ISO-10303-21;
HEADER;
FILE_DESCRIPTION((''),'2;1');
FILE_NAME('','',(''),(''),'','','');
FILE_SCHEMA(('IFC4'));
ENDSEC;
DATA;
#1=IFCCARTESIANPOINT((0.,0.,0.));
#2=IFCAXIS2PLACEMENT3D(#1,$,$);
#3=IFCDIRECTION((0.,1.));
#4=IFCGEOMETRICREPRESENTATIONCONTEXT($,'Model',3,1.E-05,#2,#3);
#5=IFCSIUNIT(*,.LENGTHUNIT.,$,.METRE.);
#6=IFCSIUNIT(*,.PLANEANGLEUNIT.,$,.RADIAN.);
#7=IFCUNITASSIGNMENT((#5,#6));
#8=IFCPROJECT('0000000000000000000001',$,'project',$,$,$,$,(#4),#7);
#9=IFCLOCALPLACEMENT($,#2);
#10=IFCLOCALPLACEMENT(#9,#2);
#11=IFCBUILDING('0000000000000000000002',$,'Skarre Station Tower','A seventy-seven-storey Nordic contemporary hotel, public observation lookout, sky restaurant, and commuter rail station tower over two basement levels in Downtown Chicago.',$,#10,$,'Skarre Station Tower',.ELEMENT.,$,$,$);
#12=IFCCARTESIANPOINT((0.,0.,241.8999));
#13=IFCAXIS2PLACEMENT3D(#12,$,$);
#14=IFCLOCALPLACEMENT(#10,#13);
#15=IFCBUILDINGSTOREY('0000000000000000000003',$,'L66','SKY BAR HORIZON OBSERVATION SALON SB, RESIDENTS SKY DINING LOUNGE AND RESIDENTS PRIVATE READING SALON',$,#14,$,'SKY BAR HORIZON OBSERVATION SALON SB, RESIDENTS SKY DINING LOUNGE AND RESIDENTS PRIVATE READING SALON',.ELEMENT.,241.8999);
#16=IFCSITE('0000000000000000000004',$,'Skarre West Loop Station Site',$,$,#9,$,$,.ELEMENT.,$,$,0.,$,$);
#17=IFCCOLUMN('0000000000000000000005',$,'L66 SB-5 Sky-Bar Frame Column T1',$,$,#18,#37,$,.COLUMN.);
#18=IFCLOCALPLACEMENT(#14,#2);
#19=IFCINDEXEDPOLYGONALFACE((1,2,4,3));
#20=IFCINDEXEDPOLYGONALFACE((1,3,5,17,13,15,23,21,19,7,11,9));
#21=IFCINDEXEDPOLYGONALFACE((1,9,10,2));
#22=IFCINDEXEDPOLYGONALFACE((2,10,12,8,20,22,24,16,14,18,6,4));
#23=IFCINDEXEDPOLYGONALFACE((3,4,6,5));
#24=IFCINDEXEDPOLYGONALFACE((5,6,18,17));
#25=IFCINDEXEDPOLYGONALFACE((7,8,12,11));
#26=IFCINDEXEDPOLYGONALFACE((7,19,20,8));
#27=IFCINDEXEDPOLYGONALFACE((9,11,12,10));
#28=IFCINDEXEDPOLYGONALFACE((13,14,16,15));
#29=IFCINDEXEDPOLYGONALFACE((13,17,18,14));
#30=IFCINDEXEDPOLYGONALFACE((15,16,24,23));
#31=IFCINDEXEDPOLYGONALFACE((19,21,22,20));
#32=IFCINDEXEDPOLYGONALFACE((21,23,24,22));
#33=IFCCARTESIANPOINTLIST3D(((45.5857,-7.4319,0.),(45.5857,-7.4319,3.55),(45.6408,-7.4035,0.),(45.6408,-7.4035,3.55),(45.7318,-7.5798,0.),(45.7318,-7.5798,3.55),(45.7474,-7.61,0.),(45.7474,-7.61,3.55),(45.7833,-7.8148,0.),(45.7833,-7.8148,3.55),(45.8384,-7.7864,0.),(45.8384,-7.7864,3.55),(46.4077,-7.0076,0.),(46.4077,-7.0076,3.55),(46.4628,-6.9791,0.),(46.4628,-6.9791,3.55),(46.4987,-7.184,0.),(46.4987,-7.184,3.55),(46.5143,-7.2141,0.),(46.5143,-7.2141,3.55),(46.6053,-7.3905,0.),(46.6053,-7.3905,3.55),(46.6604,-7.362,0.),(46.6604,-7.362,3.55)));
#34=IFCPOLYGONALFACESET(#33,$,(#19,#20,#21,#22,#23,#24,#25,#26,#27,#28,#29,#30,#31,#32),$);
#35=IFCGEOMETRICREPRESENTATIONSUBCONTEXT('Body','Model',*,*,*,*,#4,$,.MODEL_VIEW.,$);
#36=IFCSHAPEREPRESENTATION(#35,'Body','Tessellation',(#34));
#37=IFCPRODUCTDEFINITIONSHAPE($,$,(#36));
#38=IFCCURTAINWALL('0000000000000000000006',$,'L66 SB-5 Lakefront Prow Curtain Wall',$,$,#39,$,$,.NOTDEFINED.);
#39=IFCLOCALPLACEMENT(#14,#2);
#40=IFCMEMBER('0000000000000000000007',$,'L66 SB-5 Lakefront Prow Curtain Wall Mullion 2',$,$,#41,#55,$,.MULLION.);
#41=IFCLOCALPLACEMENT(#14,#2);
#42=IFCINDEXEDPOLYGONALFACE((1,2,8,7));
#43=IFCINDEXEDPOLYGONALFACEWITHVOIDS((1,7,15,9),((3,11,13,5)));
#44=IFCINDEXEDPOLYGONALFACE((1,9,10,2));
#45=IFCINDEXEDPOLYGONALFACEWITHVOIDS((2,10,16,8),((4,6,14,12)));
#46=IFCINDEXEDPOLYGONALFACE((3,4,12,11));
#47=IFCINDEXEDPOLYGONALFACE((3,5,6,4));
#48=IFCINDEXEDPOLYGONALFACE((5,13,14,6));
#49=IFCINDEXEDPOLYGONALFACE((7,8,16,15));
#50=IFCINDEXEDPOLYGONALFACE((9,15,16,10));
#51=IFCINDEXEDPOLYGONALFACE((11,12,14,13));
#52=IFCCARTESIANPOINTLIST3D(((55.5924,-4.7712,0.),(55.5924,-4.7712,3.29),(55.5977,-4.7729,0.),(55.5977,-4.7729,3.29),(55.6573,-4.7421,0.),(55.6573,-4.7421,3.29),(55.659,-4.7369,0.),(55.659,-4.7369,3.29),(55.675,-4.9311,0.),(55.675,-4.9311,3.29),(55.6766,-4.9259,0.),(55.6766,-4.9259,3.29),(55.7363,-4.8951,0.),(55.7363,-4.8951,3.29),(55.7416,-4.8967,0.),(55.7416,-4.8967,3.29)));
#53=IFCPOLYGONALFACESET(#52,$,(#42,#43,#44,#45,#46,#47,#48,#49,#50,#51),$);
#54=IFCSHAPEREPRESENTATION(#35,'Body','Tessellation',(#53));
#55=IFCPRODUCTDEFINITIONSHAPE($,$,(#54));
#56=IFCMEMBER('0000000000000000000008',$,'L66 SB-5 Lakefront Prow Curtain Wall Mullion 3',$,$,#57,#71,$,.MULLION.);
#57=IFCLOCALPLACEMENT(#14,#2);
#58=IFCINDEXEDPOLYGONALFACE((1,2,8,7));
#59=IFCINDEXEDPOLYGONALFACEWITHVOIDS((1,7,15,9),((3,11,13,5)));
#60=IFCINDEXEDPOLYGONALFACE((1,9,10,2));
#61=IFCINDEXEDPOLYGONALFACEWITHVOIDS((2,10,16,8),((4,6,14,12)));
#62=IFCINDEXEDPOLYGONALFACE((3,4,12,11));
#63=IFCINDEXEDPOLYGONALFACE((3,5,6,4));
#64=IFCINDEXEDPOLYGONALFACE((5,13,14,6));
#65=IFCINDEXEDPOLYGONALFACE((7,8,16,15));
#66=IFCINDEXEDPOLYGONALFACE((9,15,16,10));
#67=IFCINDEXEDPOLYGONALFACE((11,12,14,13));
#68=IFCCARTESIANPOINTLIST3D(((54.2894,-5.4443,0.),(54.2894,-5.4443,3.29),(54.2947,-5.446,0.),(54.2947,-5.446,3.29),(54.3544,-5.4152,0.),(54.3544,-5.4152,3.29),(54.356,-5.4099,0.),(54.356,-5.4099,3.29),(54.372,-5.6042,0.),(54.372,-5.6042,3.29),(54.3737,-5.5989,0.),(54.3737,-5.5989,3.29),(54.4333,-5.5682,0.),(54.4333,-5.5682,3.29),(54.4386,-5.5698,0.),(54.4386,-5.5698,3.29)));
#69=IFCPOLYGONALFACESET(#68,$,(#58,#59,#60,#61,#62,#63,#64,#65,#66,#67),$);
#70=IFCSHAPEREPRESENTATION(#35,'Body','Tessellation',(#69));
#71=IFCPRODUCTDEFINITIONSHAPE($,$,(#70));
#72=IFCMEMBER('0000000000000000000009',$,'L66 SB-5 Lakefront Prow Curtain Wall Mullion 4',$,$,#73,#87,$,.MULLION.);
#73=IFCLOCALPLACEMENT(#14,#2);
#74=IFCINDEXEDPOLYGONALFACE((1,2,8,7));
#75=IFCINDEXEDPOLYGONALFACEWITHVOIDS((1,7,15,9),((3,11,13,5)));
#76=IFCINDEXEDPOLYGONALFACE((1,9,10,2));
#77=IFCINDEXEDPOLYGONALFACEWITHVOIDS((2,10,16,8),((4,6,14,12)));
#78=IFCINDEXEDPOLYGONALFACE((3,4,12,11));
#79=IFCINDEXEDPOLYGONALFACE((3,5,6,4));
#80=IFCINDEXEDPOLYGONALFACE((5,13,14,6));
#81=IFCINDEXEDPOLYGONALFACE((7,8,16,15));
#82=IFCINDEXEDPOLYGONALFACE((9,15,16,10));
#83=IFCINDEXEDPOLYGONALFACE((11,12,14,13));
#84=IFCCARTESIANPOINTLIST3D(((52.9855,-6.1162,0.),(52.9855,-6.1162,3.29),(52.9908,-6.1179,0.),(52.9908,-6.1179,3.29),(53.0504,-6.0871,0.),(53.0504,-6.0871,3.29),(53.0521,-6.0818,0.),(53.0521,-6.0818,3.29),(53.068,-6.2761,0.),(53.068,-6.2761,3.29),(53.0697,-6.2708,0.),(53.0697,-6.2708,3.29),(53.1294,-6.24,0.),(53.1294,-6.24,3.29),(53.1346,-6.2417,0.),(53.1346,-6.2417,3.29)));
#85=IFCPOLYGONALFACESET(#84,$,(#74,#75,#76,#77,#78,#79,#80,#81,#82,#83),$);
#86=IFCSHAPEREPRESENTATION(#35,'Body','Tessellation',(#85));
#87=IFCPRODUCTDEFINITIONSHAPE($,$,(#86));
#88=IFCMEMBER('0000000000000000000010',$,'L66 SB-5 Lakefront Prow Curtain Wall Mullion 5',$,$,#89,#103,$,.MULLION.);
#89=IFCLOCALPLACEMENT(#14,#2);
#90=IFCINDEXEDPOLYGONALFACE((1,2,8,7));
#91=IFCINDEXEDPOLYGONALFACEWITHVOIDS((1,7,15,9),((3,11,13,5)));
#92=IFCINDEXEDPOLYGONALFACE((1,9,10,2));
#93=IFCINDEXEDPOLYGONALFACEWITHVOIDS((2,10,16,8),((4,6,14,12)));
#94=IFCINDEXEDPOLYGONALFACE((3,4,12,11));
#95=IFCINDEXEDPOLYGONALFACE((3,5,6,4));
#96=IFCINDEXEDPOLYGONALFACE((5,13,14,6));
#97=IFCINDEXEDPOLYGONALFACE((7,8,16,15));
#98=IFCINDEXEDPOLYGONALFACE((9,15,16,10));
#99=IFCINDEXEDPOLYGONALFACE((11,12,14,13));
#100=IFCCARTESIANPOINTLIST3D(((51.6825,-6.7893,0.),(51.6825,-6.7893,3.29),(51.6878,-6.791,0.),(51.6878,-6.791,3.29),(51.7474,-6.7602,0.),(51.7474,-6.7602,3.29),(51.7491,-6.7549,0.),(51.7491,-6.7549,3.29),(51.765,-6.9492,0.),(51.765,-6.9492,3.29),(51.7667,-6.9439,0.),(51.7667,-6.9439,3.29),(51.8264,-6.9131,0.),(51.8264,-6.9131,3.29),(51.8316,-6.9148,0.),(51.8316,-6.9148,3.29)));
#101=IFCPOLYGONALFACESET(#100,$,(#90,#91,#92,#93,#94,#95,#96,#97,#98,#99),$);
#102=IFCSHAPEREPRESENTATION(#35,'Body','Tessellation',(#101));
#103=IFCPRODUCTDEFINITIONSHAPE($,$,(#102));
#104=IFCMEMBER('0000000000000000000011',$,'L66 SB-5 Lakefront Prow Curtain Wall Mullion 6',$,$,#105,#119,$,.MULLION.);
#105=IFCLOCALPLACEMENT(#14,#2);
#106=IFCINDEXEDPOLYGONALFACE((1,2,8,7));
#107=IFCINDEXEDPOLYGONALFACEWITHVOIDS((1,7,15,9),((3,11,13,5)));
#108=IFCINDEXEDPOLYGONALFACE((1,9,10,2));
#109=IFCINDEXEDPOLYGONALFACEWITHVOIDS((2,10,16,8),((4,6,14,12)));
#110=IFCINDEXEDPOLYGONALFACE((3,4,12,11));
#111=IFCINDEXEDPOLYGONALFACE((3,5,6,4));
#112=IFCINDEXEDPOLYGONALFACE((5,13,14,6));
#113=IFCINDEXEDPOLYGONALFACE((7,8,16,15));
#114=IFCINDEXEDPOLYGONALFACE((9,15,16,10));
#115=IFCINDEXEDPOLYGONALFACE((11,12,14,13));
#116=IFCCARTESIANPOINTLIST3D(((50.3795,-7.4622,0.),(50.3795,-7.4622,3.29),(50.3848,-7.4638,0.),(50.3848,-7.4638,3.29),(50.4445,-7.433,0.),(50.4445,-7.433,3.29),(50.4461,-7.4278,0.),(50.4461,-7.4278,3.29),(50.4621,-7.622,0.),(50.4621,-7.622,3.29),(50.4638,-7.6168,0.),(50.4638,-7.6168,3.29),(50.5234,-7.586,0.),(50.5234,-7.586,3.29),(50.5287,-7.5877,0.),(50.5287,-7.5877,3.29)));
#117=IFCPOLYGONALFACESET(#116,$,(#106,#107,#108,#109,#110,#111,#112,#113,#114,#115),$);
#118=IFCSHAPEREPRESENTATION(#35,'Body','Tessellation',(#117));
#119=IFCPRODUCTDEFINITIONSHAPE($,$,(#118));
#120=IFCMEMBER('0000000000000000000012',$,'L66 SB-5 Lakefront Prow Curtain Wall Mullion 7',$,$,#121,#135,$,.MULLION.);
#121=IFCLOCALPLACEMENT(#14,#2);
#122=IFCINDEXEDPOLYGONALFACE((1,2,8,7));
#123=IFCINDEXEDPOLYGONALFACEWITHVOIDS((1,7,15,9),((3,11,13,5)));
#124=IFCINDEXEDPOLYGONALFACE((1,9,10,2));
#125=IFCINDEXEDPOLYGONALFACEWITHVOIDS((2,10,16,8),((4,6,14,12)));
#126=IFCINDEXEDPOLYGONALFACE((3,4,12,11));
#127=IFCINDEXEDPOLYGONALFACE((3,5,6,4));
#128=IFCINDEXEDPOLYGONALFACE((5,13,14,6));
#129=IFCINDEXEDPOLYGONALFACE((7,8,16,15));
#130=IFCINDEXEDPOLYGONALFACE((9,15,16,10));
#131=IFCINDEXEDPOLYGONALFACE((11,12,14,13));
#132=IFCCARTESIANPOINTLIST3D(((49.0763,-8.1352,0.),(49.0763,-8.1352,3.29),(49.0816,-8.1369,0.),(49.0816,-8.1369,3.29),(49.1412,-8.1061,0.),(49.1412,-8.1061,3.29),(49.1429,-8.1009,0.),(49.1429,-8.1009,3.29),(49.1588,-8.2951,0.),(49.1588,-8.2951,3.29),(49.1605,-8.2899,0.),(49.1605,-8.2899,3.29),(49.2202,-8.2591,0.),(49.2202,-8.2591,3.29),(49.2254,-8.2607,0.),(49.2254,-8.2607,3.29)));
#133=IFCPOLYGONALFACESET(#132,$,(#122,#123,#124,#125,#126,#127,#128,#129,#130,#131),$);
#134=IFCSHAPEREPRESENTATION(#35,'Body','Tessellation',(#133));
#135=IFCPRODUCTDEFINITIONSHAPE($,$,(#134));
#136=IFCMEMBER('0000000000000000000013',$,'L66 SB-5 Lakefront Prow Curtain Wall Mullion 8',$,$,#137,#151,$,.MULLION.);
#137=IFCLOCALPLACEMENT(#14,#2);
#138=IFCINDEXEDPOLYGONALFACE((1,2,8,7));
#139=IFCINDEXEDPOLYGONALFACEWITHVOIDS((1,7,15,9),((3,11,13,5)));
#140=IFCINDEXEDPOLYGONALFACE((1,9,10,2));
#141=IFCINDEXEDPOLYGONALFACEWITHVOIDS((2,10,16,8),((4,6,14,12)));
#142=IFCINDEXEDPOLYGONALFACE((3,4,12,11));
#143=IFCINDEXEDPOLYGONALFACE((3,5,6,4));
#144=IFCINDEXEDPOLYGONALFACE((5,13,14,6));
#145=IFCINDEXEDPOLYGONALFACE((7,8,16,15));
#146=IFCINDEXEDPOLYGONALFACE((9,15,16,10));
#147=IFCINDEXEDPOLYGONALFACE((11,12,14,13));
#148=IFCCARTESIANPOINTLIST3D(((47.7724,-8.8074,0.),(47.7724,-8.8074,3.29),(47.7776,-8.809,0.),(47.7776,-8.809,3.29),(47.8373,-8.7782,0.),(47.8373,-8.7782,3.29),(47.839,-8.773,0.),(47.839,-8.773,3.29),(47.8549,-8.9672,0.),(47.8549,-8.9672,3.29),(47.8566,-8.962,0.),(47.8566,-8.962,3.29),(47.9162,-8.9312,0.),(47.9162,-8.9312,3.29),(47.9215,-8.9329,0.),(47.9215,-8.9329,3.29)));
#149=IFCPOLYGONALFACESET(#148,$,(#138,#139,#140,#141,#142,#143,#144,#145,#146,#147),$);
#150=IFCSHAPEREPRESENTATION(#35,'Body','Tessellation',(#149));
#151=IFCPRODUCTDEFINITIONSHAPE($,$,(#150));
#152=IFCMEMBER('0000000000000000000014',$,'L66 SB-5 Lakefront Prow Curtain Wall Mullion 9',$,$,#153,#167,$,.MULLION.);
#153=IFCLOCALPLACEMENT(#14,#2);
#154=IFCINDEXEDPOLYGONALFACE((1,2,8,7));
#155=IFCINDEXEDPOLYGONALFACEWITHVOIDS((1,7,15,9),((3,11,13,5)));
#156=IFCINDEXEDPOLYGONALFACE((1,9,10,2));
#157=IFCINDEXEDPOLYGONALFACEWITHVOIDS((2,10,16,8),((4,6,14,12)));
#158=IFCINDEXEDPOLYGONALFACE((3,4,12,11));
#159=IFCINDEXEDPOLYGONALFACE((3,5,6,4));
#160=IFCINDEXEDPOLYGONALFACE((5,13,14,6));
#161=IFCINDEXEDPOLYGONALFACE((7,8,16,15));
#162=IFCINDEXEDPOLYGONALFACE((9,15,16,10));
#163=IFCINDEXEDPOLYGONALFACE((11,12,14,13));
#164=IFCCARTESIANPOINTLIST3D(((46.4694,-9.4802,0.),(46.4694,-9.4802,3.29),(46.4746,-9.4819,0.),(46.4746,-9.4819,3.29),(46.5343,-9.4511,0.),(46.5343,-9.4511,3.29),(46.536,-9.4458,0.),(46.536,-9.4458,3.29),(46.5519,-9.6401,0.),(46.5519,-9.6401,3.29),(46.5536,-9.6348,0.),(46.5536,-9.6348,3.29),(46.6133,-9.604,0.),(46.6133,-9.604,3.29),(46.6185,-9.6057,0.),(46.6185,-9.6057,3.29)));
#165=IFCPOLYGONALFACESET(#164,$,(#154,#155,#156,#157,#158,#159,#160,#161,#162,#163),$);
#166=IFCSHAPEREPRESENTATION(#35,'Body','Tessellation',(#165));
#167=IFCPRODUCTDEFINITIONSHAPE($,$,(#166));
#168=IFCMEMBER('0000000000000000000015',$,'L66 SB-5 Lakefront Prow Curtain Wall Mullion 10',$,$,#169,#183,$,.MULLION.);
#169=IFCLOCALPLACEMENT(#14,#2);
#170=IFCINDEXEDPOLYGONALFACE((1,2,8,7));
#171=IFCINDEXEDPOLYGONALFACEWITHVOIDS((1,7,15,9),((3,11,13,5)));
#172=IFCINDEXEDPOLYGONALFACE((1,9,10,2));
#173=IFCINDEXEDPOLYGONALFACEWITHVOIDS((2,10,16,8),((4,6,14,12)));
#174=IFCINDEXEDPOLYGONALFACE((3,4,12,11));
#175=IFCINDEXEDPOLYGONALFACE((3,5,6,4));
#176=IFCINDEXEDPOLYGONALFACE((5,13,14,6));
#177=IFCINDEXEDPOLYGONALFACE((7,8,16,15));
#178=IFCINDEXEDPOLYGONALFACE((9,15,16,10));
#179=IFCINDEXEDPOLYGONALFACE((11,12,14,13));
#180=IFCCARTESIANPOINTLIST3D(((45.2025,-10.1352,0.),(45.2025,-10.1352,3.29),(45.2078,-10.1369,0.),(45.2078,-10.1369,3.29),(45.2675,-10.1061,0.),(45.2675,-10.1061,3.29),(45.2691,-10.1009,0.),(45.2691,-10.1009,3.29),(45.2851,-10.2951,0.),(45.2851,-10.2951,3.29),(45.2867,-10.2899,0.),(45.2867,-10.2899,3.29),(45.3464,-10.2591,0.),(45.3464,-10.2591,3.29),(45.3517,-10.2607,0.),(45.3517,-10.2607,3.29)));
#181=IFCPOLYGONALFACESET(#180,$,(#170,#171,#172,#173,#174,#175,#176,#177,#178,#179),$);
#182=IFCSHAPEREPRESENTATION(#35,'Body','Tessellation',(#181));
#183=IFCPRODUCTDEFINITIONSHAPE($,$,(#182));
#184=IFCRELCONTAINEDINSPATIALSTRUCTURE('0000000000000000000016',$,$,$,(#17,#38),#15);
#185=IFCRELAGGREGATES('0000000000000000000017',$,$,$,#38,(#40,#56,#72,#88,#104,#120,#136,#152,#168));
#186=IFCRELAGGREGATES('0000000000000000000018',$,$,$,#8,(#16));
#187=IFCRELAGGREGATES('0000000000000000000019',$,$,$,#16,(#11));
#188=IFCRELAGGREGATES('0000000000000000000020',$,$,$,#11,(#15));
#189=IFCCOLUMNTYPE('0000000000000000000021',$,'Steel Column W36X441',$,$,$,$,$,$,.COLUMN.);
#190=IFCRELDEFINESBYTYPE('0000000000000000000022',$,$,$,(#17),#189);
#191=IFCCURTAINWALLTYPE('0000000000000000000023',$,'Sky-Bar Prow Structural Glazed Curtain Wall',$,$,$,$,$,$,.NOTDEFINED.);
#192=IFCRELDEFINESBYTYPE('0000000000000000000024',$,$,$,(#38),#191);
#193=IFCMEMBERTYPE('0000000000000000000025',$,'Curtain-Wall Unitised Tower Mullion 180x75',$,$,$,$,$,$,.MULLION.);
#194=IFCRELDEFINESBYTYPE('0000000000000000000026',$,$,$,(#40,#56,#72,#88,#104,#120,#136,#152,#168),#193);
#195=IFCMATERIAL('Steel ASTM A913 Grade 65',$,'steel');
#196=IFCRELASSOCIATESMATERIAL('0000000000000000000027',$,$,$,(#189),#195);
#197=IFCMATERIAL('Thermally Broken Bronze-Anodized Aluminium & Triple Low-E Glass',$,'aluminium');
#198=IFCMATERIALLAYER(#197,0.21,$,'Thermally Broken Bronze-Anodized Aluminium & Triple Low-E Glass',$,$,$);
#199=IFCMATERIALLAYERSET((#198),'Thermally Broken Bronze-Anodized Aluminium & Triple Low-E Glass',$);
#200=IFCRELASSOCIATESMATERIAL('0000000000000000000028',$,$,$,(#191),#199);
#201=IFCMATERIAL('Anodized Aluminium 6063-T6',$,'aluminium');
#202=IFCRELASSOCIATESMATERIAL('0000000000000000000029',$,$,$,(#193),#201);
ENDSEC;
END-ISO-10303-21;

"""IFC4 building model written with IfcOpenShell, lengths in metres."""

from ifc_helpers import new_model, si_unit, direction, frame, origin, origin_2d, place, context, subcontext, project, spatial, hollow_rectangle, i_section, extrude, material, layer, layer_set, material_profile, profile_set, type_object, element, aggregate, save


model = new_model("IFC4")

# Units and contexts
model_context = context("Model", 3, precision=1e-05, world=origin(), true_north=direction((0.0, 1.0)))
body_context = subcontext(model_context, "Body", "Model", "MODEL_VIEW")
ifc_project = project(units=[si_unit("LENGTHUNIT", "METRE"), si_unit("PLANEANGLEUNIT", "RADIAN")], contexts=[model_context])

# Site, building, storey
site_placement = place(None, origin())
site = spatial("IfcSite", under=ifc_project, at=site_placement, Name="Skarre West Loop Station Site", CompositionType="ELEMENT", RefElevation=0.0)
building_placement = place(site_placement, origin())
building = spatial("IfcBuilding", under=site, at=building_placement, Name="Skarre Station Tower", Description="A seventy-seven-storey Nordic contemporary hotel, public observation lookout, sky restaurant, and commuter rail station tower over two basement levels in Downtown Chicago.", LongName="Skarre Station Tower", CompositionType="ELEMENT")
storey_placement = place(building_placement, frame((0.0, 0.0, 241.8999)))
storey = spatial("IfcBuildingStorey", under=building, at=storey_placement, Name="L66", Description="SKY BAR HORIZON OBSERVATION SALON SB, RESIDENTS SKY DINING LOUNGE AND RESIDENTS PRIVATE READING SALON", LongName="SKY BAR HORIZON OBSERVATION SALON SB, RESIDENTS SKY DINING LOUNGE AND RESIDENTS PRIVATE READING SALON", CompositionType="ELEMENT", Elevation=241.8999)

# Column
ifc_material_1 = material(Name="Steel ASTM A913 Grade 65", Category="steel")
ifc_material_profile_1 = material_profile(ifc_material_1, i_section(OverallWidth=0.4309, OverallDepth=0.9871, WebThickness=0.0339, FlangeThickness=0.062, at=origin_2d()), Name="Steel ASTM A913 Grade 65")
ifc_profile_set_1 = profile_set([ifc_material_profile_1], Name="Steel ASTM A913 Grade 65")
column_type = type_object("IfcColumnType", Name="Steel Column W36X441", PredefinedType="COLUMN", material=ifc_profile_set_1)
column_placement = place(storey_placement, frame((46.123, -7.397, 0.0), z_axis=(0.0, 0.0, 1.0), x_axis=(0.458712, -0.888585, 0.0)))
element("IfcColumn", 1, at=column_placement, inside=storey, type_object=column_type, Name="L66 SB-5 Sky-Bar Frame Column T1", PredefinedType="COLUMN", context=body_context, shape_type="SweptSolid", body=[
    extrude(i_section(OverallWidth=0.4309, OverallDepth=0.9871, WebThickness=0.0339, FlangeThickness=0.062, at=origin_2d()), origin(), (0.0, 0.0, 1.0), 3.55),
])

# Curtain wall, members
ifc_material_2 = material(Name="Thermally Broken Bronze-Anodized Aluminium & Triple Low-E Glass", Category="aluminium")
ifc_layer_1 = layer(ifc_material_2, 0.21, Name="Thermally Broken Bronze-Anodized Aluminium & Triple Low-E Glass")
ifc_layer_set_1 = layer_set([ifc_layer_1], Name="Thermally Broken Bronze-Anodized Aluminium & Triple Low-E Glass")
curtain_wall_type = type_object("IfcCurtainWallType", Name="Sky-Bar Prow Structural Glazed Curtain Wall", PredefinedType="NOTDEFINED", material=ifc_layer_set_1)
curtain_wall_placement = place(storey_placement, origin())
curtain_wall = element("IfcCurtainWall", 2, at=curtain_wall_placement, inside=storey, type_object=curtain_wall_type, Name="L66 SB-5 Lakefront Prow Curtain Wall", PredefinedType="NOTDEFINED")
ifc_material_3 = material(Name="Anodized Aluminium 6063-T6", Category="aluminium")
ifc_material_profile_2 = material_profile(ifc_material_3, hollow_rectangle(XDim=0.075, YDim=0.1799, WallThickness=0.0039, at=origin_2d()), Name="Anodized Aluminium 6063-T6")
ifc_profile_set_2 = profile_set([ifc_material_profile_2], Name="Anodized Aluminium 6063-T6")
member_type = type_object("IfcMemberType", Name="Curtain-Wall Unitised Tower Mullion 180x75", PredefinedType="MULLION", material=ifc_profile_set_2)
member_1_placement = place(storey_placement, frame((55.667, -4.834, 0.0), z_axis=(0.0, 0.0, 1.0), x_axis=(-0.888577, -0.458727, 0.0)))
member_1 = element("IfcMember", 3, at=member_1_placement, type_object=member_type, Name="L66 SB-5 Lakefront Prow Curtain Wall Mullion 2", PredefinedType="MULLION", context=body_context, shape_type="SweptSolid", body=[
    extrude(hollow_rectangle(XDim=0.075, YDim=0.1799, WallThickness=0.0039, at=origin_2d()), origin(), (0.0, 0.0, 1.0), 3.29),
])
member_2_placement = place(storey_placement, frame((54.364, -5.5071, 0.0), z_axis=(0.0, 0.0, 1.0), x_axis=(-0.888577, -0.458727, 0.0)))
member_2 = element("IfcMember", 4, at=member_2_placement, type_object=member_type, Name="L66 SB-5 Lakefront Prow Curtain Wall Mullion 3", PredefinedType="MULLION", context=body_context, shape_type="SweptSolid", body=[
    extrude(hollow_rectangle(XDim=0.075, YDim=0.1799, WallThickness=0.0039, at=origin_2d()), origin(), (0.0, 0.0, 1.0), 3.29),
])
member_3_placement = place(storey_placement, frame((53.0601, -6.179, 0.0), z_axis=(0.0, 0.0, 1.0), x_axis=(-0.888577, -0.458727, 0.0)))
member_3 = element("IfcMember", 5, at=member_3_placement, type_object=member_type, Name="L66 SB-5 Lakefront Prow Curtain Wall Mullion 4", PredefinedType="MULLION", context=body_context, shape_type="SweptSolid", body=[
    extrude(hollow_rectangle(XDim=0.075, YDim=0.1799, WallThickness=0.0039, at=origin_2d()), origin(), (0.0, 0.0, 1.0), 3.29),
])
member_4_placement = place(storey_placement, frame((51.7571, -6.8521, 0.0), z_axis=(0.0, 0.0, 1.0), x_axis=(-0.888577, -0.458727, 0.0)))
member_4 = element("IfcMember", 6, at=member_4_placement, type_object=member_type, Name="L66 SB-5 Lakefront Prow Curtain Wall Mullion 5", PredefinedType="MULLION", context=body_context, shape_type="SweptSolid", body=[
    extrude(hollow_rectangle(XDim=0.075, YDim=0.1799, WallThickness=0.0039, at=origin_2d()), origin(), (0.0, 0.0, 1.0), 3.29),
])
member_5_placement = place(storey_placement, frame((50.4541, -7.5249, 0.0), z_axis=(0.0, 0.0, 1.0), x_axis=(-0.888577, -0.458727, 0.0)))
member_5 = element("IfcMember", 7, at=member_5_placement, type_object=member_type, Name="L66 SB-5 Lakefront Prow Curtain Wall Mullion 6", PredefinedType="MULLION", context=body_context, shape_type="SweptSolid", body=[
    extrude(hollow_rectangle(XDim=0.075, YDim=0.1799, WallThickness=0.0039, at=origin_2d()), origin(), (0.0, 0.0, 1.0), 3.29),
])
member_6_placement = place(storey_placement, frame((49.1509, -8.198, 0.0), z_axis=(0.0, 0.0, 1.0), x_axis=(-0.888577, -0.458727, 0.0)))
member_6 = element("IfcMember", 8, at=member_6_placement, type_object=member_type, Name="L66 SB-5 Lakefront Prow Curtain Wall Mullion 7", PredefinedType="MULLION", context=body_context, shape_type="SweptSolid", body=[
    extrude(hollow_rectangle(XDim=0.075, YDim=0.1799, WallThickness=0.0039, at=origin_2d()), origin(), (0.0, 0.0, 1.0), 3.29),
])
member_7_placement = place(storey_placement, frame((47.8469, -8.8701, 0.0), z_axis=(0.0, 0.0, 1.0), x_axis=(-0.888577, -0.458727, 0.0)))
member_7 = element("IfcMember", 9, at=member_7_placement, type_object=member_type, Name="L66 SB-5 Lakefront Prow Curtain Wall Mullion 8", PredefinedType="MULLION", context=body_context, shape_type="SweptSolid", body=[
    extrude(hollow_rectangle(XDim=0.075, YDim=0.1799, WallThickness=0.0039, at=origin_2d()), origin(), (0.0, 0.0, 1.0), 3.29),
])
member_8_placement = place(storey_placement, frame((46.5439, -9.543, 0.0), z_axis=(0.0, 0.0, 1.0), x_axis=(-0.888577, -0.458727, 0.0)))
member_8 = element("IfcMember", 10, at=member_8_placement, type_object=member_type, Name="L66 SB-5 Lakefront Prow Curtain Wall Mullion 9", PredefinedType="MULLION", context=body_context, shape_type="SweptSolid", body=[
    extrude(hollow_rectangle(XDim=0.075, YDim=0.1799, WallThickness=0.0039, at=origin_2d()), origin(), (0.0, 0.0, 1.0), 3.29),
])
member_9_placement = place(storey_placement, frame((45.2771, -10.198, 0.0), z_axis=(0.0, 0.0, 1.0), x_axis=(-0.888577, -0.458727, 0.0)))
member_9 = element("IfcMember", 11, at=member_9_placement, type_object=member_type, Name="L66 SB-5 Lakefront Prow Curtain Wall Mullion 10", PredefinedType="MULLION", context=body_context, shape_type="SweptSolid", body=[
    extrude(hollow_rectangle(XDim=0.075, YDim=0.1799, WallThickness=0.0039, at=origin_2d()), origin(), (0.0, 0.0, 1.0), 3.29),
])

aggregate(curtain_wall, [member_1, member_2, member_3, member_4, member_5, member_6, member_7, member_8, member_9])

save(model, "model.ifc")
